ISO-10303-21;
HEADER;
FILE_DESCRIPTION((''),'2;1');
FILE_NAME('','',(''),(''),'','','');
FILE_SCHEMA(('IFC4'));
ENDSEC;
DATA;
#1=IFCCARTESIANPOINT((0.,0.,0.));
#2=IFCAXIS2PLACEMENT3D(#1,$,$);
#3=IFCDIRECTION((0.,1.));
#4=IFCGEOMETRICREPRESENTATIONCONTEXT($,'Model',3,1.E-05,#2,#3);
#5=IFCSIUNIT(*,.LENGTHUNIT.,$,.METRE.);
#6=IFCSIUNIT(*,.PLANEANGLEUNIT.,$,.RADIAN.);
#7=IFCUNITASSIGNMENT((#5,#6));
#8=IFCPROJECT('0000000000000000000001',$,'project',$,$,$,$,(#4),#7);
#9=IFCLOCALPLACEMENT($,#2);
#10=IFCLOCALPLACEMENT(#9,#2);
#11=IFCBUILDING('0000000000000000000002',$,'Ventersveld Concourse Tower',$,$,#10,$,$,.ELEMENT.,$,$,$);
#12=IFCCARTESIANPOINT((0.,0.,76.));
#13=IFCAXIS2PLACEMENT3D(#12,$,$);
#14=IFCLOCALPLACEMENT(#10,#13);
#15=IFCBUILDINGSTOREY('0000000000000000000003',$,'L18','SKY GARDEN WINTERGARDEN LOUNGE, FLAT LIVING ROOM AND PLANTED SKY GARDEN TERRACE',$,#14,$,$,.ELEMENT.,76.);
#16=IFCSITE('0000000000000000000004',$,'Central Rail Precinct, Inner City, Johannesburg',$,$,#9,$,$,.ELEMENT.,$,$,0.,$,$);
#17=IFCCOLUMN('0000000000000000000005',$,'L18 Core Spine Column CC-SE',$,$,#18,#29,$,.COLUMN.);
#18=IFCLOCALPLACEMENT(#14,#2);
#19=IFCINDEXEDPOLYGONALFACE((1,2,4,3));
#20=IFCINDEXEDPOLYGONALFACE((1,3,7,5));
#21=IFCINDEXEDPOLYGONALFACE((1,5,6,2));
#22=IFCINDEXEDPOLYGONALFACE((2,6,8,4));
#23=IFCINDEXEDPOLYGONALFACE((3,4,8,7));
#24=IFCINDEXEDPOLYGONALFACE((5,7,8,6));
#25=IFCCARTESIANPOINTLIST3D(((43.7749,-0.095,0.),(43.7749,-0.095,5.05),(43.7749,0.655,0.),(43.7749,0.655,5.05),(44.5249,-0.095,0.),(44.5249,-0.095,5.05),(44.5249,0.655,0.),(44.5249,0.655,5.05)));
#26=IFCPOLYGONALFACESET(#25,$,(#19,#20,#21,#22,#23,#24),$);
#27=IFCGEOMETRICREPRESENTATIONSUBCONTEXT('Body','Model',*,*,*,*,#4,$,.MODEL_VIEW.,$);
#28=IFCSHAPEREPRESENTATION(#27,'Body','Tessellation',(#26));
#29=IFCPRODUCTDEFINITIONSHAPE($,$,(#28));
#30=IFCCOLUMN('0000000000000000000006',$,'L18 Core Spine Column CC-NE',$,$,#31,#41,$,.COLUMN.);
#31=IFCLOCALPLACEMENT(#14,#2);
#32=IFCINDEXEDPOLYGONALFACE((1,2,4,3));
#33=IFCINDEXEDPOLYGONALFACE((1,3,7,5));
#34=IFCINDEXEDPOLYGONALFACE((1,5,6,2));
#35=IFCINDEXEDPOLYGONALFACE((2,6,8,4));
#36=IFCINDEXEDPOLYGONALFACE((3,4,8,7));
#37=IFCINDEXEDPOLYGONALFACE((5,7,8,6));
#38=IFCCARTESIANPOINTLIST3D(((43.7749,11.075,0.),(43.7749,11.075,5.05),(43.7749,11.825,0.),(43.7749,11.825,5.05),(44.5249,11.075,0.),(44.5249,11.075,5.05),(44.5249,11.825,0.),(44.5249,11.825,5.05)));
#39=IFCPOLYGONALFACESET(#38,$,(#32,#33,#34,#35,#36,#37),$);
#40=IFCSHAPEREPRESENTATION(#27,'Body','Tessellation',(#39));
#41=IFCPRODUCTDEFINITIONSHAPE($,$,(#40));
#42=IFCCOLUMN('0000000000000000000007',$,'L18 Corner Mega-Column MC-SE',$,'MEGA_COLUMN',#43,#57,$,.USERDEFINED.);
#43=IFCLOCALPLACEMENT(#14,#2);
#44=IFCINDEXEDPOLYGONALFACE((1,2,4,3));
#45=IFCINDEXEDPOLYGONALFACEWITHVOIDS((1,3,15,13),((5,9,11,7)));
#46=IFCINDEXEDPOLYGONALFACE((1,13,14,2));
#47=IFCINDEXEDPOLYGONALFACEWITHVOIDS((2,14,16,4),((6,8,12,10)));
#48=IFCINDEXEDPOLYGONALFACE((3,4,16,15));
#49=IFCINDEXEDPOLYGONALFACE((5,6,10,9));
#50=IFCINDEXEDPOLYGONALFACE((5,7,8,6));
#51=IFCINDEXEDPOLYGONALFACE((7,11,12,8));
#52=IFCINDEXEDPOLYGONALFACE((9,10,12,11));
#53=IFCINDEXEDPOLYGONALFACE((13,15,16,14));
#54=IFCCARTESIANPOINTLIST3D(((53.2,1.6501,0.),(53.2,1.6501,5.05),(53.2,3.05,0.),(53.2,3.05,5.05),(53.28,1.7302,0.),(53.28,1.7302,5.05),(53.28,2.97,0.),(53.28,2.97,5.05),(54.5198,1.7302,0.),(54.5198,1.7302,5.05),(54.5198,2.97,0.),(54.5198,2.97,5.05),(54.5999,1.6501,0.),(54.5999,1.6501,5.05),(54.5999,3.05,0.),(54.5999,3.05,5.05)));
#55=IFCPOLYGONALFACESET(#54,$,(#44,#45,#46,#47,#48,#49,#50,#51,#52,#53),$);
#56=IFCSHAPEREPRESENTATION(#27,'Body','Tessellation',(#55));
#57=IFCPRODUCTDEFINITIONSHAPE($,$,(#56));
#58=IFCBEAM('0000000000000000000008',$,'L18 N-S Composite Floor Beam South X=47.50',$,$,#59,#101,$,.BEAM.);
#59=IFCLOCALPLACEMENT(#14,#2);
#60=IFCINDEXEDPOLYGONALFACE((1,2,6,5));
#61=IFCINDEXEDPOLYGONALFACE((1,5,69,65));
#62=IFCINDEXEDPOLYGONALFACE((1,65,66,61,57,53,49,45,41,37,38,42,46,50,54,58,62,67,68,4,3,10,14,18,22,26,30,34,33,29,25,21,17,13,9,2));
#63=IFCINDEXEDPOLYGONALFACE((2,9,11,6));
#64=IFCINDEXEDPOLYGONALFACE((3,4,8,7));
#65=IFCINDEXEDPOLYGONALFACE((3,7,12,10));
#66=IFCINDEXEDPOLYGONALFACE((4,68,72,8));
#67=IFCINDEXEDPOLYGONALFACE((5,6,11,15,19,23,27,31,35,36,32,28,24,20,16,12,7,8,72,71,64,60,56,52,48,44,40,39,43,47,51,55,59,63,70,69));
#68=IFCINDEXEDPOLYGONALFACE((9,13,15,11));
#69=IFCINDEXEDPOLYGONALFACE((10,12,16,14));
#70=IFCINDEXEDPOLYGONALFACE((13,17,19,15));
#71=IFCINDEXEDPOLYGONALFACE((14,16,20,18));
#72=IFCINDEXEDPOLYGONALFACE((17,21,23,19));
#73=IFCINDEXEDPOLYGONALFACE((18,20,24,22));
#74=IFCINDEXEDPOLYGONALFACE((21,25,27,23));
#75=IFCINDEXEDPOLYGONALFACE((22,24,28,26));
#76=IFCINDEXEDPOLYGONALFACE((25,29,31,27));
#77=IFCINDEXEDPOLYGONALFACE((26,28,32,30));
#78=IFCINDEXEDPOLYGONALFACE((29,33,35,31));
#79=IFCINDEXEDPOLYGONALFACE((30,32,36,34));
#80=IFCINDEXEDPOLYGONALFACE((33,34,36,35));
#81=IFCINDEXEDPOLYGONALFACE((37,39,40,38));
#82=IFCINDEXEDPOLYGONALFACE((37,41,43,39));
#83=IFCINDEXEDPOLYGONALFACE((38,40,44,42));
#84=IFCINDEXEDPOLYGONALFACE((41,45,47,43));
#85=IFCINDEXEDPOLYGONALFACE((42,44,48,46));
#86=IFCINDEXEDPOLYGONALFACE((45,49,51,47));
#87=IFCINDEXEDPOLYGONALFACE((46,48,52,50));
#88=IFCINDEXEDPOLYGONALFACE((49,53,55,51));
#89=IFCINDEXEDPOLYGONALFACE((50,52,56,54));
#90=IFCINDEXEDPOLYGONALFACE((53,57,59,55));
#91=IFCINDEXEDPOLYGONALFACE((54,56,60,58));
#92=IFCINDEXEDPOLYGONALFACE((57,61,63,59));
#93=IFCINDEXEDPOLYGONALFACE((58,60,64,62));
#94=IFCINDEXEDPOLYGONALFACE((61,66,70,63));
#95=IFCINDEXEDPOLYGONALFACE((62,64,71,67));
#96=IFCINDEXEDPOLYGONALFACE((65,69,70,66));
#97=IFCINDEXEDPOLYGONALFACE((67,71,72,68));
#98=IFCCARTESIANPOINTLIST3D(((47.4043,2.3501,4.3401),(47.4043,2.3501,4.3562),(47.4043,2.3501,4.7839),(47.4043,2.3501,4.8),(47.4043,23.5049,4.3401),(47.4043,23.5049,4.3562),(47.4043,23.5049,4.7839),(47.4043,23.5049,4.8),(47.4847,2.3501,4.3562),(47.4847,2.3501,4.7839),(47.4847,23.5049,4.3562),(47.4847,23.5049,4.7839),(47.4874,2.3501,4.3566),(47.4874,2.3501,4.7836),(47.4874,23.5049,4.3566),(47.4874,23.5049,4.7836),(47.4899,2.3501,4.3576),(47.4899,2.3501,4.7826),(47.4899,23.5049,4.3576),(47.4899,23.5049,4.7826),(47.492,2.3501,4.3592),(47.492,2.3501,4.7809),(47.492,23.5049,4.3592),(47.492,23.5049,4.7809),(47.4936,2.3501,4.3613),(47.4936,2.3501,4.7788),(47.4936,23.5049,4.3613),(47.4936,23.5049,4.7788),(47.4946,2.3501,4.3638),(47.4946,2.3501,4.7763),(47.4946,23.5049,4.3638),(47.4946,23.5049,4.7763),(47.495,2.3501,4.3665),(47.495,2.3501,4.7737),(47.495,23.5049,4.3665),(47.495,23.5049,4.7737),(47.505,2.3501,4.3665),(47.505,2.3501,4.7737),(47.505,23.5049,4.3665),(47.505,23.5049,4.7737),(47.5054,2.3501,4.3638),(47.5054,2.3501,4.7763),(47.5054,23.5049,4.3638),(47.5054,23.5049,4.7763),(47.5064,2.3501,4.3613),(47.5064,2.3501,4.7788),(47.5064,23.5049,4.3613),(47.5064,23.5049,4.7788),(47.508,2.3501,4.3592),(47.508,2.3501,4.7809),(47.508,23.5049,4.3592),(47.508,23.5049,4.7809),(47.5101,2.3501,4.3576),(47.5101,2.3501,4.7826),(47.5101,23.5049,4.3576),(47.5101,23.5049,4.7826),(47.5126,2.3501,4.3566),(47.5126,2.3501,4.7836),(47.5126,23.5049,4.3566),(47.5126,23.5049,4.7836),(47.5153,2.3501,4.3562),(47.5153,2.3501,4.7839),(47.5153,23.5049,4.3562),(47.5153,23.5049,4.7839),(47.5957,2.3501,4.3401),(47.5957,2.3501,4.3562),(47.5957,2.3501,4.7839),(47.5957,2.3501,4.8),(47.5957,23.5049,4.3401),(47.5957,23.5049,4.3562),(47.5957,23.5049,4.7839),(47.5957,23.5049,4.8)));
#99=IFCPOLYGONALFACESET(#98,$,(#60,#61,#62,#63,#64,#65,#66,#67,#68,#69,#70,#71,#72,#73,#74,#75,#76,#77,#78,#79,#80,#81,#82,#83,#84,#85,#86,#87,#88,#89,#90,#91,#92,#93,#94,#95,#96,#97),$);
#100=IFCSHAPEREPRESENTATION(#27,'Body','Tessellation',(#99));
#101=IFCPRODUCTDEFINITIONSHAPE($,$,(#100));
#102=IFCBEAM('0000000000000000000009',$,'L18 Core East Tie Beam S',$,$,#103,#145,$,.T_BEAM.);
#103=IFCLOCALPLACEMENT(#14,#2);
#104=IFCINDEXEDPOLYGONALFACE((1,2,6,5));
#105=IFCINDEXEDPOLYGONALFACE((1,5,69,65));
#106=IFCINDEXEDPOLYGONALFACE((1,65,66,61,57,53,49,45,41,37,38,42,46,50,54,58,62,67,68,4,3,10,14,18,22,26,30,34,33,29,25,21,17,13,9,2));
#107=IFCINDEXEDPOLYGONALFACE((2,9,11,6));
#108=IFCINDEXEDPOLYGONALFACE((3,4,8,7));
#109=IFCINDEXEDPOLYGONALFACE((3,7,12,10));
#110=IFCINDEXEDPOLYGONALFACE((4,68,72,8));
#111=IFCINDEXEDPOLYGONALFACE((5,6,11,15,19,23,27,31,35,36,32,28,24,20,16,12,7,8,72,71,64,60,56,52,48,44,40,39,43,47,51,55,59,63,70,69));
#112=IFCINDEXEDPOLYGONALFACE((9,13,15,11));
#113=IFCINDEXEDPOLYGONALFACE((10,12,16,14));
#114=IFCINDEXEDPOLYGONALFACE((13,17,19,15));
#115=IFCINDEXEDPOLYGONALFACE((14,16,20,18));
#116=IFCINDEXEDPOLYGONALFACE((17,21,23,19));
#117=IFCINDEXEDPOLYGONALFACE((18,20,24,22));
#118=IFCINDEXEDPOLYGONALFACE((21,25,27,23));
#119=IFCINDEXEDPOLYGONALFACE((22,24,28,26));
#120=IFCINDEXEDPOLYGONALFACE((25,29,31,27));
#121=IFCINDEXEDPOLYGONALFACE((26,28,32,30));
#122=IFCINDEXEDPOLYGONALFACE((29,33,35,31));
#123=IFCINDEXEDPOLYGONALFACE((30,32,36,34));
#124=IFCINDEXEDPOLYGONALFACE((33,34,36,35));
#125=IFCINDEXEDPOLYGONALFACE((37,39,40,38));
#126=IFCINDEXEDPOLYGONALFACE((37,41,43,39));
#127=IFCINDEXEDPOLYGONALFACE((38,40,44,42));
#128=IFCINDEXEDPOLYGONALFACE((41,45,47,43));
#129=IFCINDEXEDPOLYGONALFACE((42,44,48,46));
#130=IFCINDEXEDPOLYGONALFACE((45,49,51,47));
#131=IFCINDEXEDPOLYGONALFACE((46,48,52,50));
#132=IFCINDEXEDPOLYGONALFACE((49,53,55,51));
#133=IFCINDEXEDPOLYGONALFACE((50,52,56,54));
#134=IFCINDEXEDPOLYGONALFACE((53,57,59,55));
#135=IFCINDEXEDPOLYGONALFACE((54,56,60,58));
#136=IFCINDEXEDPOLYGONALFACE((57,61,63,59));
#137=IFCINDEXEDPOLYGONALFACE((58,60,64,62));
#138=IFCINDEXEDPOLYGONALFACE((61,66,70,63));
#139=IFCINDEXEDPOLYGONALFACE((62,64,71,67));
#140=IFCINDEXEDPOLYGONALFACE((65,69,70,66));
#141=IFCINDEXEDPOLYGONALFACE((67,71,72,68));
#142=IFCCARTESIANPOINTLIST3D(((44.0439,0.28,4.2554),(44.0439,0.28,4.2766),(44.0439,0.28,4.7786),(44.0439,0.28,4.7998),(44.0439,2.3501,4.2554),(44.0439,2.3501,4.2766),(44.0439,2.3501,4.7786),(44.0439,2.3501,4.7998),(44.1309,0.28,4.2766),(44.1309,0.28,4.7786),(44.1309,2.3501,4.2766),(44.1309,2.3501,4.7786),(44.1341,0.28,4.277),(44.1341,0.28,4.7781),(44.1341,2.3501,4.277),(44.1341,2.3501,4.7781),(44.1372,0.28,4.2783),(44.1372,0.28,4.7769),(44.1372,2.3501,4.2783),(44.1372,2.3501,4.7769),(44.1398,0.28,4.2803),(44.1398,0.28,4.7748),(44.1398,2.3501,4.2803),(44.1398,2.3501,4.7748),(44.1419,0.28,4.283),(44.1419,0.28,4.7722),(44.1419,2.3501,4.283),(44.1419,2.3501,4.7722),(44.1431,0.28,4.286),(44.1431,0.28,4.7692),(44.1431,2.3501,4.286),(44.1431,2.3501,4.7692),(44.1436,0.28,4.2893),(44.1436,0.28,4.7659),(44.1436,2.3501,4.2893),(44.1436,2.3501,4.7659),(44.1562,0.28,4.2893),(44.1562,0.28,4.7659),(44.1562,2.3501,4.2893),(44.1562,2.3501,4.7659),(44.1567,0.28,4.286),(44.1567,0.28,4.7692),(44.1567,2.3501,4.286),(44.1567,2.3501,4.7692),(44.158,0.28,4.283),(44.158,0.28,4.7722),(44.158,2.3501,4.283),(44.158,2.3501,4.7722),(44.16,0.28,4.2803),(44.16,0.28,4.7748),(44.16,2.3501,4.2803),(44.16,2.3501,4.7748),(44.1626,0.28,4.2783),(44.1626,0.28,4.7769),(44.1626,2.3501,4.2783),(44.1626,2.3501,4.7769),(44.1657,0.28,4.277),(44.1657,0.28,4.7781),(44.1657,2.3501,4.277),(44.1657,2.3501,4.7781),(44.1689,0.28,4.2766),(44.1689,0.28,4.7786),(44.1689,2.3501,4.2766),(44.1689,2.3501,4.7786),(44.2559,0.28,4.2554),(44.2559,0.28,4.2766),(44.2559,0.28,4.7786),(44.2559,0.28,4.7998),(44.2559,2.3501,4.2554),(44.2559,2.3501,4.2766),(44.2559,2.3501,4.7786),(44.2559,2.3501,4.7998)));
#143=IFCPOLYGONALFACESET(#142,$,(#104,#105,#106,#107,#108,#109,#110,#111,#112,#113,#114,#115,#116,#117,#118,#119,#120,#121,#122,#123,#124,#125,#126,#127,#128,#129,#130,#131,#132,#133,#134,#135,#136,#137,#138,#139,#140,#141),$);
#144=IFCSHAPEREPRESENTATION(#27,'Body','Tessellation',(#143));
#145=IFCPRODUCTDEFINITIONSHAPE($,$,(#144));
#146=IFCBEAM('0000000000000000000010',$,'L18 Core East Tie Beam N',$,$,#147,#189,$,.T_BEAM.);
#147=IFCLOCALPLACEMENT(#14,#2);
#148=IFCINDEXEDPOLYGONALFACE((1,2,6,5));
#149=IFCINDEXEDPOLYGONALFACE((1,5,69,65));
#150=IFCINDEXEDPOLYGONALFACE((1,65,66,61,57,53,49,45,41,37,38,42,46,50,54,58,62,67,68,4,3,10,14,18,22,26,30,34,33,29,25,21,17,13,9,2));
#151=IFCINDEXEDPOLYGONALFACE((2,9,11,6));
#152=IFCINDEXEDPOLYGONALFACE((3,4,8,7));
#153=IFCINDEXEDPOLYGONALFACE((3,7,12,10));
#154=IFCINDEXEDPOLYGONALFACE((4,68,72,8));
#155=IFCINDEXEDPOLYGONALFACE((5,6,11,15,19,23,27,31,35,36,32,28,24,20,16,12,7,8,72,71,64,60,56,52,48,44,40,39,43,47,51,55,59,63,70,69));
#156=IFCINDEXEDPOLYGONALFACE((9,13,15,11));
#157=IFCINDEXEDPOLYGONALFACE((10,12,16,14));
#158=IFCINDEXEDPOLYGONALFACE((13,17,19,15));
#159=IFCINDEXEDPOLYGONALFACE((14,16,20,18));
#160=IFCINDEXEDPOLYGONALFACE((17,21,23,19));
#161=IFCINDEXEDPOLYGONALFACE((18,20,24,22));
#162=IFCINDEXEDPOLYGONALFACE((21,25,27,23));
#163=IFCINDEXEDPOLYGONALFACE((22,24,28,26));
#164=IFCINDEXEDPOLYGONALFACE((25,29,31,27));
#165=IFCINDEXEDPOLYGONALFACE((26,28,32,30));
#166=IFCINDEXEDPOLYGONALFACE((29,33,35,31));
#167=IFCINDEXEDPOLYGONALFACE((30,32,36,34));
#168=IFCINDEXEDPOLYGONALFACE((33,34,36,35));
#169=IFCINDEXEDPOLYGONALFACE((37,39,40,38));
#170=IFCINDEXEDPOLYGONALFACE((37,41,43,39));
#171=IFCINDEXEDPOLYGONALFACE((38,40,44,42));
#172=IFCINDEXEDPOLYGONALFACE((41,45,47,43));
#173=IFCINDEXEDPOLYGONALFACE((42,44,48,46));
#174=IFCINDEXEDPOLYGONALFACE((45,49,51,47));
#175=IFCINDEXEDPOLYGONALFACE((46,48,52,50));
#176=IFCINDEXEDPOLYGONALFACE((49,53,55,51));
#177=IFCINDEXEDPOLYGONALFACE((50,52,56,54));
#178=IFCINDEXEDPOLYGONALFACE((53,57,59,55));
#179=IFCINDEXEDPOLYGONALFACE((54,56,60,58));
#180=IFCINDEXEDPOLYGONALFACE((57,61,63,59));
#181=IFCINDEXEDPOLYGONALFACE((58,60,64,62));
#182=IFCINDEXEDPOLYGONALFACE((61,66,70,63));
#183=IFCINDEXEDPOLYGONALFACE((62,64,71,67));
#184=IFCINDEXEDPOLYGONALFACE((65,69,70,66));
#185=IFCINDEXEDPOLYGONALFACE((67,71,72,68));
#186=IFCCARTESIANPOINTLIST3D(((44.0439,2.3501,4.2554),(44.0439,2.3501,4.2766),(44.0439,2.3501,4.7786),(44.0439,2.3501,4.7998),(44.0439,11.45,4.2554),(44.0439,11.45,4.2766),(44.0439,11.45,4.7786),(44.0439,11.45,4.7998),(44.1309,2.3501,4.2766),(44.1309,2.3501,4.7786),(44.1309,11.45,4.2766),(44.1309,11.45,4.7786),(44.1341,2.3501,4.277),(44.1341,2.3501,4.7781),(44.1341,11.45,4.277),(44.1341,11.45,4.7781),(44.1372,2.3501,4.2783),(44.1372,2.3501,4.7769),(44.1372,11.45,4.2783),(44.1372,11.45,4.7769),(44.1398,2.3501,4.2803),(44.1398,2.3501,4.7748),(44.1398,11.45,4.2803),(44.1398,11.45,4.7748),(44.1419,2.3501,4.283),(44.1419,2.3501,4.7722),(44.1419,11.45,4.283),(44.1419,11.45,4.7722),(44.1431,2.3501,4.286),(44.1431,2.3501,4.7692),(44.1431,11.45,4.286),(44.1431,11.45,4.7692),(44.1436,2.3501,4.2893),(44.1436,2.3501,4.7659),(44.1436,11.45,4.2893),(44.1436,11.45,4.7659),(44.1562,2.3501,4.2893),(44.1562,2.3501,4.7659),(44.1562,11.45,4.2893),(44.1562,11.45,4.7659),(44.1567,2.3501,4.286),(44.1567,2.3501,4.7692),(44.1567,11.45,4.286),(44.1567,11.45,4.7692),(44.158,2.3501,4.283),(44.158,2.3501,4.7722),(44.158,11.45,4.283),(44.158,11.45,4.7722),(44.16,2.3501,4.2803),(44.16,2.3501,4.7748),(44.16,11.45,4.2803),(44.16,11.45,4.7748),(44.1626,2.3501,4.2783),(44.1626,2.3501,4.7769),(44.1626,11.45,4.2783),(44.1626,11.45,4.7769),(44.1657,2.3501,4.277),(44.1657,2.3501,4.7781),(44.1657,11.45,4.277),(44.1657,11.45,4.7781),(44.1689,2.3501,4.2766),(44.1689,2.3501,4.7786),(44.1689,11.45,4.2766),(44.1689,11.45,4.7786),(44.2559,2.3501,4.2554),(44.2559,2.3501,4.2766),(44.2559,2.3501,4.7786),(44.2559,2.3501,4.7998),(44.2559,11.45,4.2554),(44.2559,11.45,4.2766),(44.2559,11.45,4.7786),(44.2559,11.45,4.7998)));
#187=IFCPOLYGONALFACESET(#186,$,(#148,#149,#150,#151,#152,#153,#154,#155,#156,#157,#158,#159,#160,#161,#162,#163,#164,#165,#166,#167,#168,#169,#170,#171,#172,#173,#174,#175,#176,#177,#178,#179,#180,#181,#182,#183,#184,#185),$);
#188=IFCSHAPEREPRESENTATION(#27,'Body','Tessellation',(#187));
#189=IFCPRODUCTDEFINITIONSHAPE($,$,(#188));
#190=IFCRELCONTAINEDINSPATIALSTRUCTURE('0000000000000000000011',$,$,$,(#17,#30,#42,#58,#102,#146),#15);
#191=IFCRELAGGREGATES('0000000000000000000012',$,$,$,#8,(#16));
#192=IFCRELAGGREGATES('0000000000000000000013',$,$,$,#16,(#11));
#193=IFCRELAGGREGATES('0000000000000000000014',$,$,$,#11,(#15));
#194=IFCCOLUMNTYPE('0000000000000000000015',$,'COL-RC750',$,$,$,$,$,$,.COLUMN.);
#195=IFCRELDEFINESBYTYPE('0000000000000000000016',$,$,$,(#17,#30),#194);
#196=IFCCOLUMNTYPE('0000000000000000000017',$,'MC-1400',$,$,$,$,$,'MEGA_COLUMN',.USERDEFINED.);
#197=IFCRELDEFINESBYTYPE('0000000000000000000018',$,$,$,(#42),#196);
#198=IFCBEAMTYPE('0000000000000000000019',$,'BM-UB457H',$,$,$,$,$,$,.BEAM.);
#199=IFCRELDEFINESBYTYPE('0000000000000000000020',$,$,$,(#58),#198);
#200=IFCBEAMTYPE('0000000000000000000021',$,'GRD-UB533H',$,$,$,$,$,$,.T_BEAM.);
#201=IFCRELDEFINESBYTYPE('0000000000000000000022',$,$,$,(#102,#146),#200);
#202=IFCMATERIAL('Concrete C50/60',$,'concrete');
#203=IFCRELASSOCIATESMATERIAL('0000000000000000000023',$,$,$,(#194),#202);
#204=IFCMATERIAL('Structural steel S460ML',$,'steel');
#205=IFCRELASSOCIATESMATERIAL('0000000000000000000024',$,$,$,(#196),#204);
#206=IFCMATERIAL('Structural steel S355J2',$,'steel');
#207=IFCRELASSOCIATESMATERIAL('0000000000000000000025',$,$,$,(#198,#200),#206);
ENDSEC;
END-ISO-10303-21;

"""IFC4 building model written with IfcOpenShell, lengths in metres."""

from ifc_helpers import new_model, si_unit, direction, frame, origin, origin_2d, place, context, subcontext, project, spatial, rectangle, hollow_rectangle, i_section, extrude, material, material_profile, profile_set, type_object, element, save


model = new_model("IFC4")

# Units and contexts
model_context = context("Model", 3, precision=1e-05, world=origin(), true_north=direction((0.0, 1.0)))
body_context = subcontext(model_context, "Body", "Model", "MODEL_VIEW")
ifc_project = project(units=[si_unit("LENGTHUNIT", "METRE"), si_unit("PLANEANGLEUNIT", "RADIAN")], contexts=[model_context])

# Site, building, storey
site_placement = place(None, origin())
site = spatial("IfcSite", under=ifc_project, at=site_placement, Name="Central Rail Precinct, Inner City, Johannesburg", CompositionType="ELEMENT", RefElevation=0.0)
building_placement = place(site_placement, origin())
building = spatial("IfcBuilding", under=site, at=building_placement, Name="Ventersveld Concourse Tower", CompositionType="ELEMENT")
storey_placement = place(building_placement, frame((0.0, 0.0, 76.0)))
storey = spatial("IfcBuildingStorey", under=building, at=storey_placement, Name="L18", Description="SKY GARDEN WINTERGARDEN LOUNGE, FLAT LIVING ROOM AND PLANTED SKY GARDEN TERRACE", CompositionType="ELEMENT", Elevation=76.0)

# Columns
ifc_material_1 = material(Name="Concrete C50/60", Category="concrete")
ifc_material_profile_1 = material_profile(ifc_material_1, rectangle(XDim=0.75, YDim=0.75, at=origin_2d()), Name="RC 750x750")
ifc_profile_set_1 = profile_set([ifc_material_profile_1], Name="Concrete C50/60")
column_type_1 = type_object("IfcColumnType", Name="COL-RC750", PredefinedType="COLUMN", material=ifc_profile_set_1)
for number, where, z_axis, x_axis, name in (
    (1, (44.1499, 0.28, 0.0), (0.0, 0.0, 1.0), (1.0, 0.0, 0.0), "L18 Core Spine Column CC-SE"),
    (2, (44.1499, 11.45, 0.0), (0.0, 0.0, 1.0), (1.0, 0.0, 0.0), "L18 Core Spine Column CC-NE"),
):
    element("IfcColumn", number, at=place(storey_placement, frame(where, z_axis=z_axis, x_axis=x_axis)), inside=storey, type_object=column_type_1, Name=name, PredefinedType="COLUMN", context=body_context, shape_type="SweptSolid", body=[
        extrude(rectangle(XDim=0.75, YDim=0.75, at=origin_2d()), origin(), (0.0, 0.0, 1.0), 5.05),
    ])
ifc_material_2 = material(Name="Structural steel S460ML", Category="steel")
ifc_material_profile_2 = material_profile(ifc_material_2, hollow_rectangle(XDim=1.3999, YDim=1.3999, WallThickness=0.0801, at=origin_2d()), Name="BOX 1400x1400x80")
ifc_profile_set_2 = profile_set([ifc_material_profile_2], Name="Structural steel S460ML")
column_type_2 = type_object("IfcColumnType", Name="MC-1400", ElementType="MEGA_COLUMN", PredefinedType="USERDEFINED", material=ifc_profile_set_2)
column_placement = place(storey_placement, frame((53.8999, 2.3501, 0.0), z_axis=(0.0, 0.0, 1.0), x_axis=(1.0, 0.0, 0.0)))
element("IfcColumn", 3, at=column_placement, inside=storey, type_object=column_type_2, Name="L18 Corner Mega-Column MC-SE", ObjectType="MEGA_COLUMN", PredefinedType="USERDEFINED", context=body_context, shape_type="SweptSolid", body=[
    extrude(hollow_rectangle(XDim=1.3999, YDim=1.3999, WallThickness=0.0801, at=origin_2d()), origin(), (0.0, 0.0, 1.0), 5.05),
])

# Beams
ifc_material_3 = material(Name="Structural steel S355J2", Category="steel")
ifc_material_profile_3 = material_profile(ifc_material_3, i_section(OverallWidth=0.1914, OverallDepth=0.46, WebThickness=0.01, FlangeThickness=0.0161, FilletRadius=0.0103, at=origin_2d()), Name="UB 457x191x82")
ifc_profile_set_3 = profile_set([ifc_material_profile_3], Name="Structural steel S355J2")
beam_type_1 = type_object("IfcBeamType", Name="BM-UB457H", PredefinedType="BEAM", material=ifc_profile_set_3)
beam_1_placement = place(storey_placement, frame((47.5, 2.3501, 4.5701), z_axis=(0.0, 1.0, 0.0), x_axis=(-1.0, 0.0, 0.0)))
element("IfcBeam", 4, at=beam_1_placement, inside=storey, type_object=beam_type_1, Name="L18 N-S Composite Floor Beam South X=47.50", PredefinedType="BEAM", context=body_context, shape_type="SweptSolid", body=[
    extrude(i_section(OverallWidth=0.1914, OverallDepth=0.46, WebThickness=0.01, FlangeThickness=0.0161, FilletRadius=0.0103, at=origin_2d()), origin(), (0.0, 0.0, 1.0), 21.1548),
])
ifc_material_profile_4 = material_profile(ifc_material_3, i_section(OverallWidth=0.2119, OverallDepth=0.5444, WebThickness=0.0127, FlangeThickness=0.0212, FilletRadius=0.0127, at=origin_2d()), Name="UB 533x210x122")
ifc_profile_set_4 = profile_set([ifc_material_profile_4], Name="Structural steel S355J2")
beam_type_2 = type_object("IfcBeamType", Name="GRD-UB533H", PredefinedType="T_BEAM", material=ifc_profile_set_4)
beam_2_placement = place(storey_placement, frame((44.1499, 0.28, 4.5276), z_axis=(0.0, 1.0, 0.0), x_axis=(-1.0, 0.0, 0.0)))
element("IfcBeam", 5, at=beam_2_placement, inside=storey, type_object=beam_type_2, Name="L18 Core East Tie Beam S", PredefinedType="T_BEAM", context=body_context, shape_type="SweptSolid", body=[
    extrude(i_section(OverallWidth=0.2119, OverallDepth=0.5444, WebThickness=0.0127, FlangeThickness=0.0212, FilletRadius=0.0127, at=origin_2d()), origin(), (0.0, 0.0, 1.0), 2.0701),
])
beam_3_placement = place(storey_placement, frame((44.1499, 2.3501, 4.5276), z_axis=(0.0, 1.0, 0.0), x_axis=(-1.0, 0.0, 0.0)))
element("IfcBeam", 6, at=beam_3_placement, inside=storey, type_object=beam_type_2, Name="L18 Core East Tie Beam N", PredefinedType="T_BEAM", context=body_context, shape_type="SweptSolid", body=[
    extrude(i_section(OverallWidth=0.2119, OverallDepth=0.5444, WebThickness=0.0127, FlangeThickness=0.0212, FilletRadius=0.0127, at=origin_2d()), origin(), (0.0, 0.0, 1.0), 9.0999),
])

save(model, "model.ifc")
